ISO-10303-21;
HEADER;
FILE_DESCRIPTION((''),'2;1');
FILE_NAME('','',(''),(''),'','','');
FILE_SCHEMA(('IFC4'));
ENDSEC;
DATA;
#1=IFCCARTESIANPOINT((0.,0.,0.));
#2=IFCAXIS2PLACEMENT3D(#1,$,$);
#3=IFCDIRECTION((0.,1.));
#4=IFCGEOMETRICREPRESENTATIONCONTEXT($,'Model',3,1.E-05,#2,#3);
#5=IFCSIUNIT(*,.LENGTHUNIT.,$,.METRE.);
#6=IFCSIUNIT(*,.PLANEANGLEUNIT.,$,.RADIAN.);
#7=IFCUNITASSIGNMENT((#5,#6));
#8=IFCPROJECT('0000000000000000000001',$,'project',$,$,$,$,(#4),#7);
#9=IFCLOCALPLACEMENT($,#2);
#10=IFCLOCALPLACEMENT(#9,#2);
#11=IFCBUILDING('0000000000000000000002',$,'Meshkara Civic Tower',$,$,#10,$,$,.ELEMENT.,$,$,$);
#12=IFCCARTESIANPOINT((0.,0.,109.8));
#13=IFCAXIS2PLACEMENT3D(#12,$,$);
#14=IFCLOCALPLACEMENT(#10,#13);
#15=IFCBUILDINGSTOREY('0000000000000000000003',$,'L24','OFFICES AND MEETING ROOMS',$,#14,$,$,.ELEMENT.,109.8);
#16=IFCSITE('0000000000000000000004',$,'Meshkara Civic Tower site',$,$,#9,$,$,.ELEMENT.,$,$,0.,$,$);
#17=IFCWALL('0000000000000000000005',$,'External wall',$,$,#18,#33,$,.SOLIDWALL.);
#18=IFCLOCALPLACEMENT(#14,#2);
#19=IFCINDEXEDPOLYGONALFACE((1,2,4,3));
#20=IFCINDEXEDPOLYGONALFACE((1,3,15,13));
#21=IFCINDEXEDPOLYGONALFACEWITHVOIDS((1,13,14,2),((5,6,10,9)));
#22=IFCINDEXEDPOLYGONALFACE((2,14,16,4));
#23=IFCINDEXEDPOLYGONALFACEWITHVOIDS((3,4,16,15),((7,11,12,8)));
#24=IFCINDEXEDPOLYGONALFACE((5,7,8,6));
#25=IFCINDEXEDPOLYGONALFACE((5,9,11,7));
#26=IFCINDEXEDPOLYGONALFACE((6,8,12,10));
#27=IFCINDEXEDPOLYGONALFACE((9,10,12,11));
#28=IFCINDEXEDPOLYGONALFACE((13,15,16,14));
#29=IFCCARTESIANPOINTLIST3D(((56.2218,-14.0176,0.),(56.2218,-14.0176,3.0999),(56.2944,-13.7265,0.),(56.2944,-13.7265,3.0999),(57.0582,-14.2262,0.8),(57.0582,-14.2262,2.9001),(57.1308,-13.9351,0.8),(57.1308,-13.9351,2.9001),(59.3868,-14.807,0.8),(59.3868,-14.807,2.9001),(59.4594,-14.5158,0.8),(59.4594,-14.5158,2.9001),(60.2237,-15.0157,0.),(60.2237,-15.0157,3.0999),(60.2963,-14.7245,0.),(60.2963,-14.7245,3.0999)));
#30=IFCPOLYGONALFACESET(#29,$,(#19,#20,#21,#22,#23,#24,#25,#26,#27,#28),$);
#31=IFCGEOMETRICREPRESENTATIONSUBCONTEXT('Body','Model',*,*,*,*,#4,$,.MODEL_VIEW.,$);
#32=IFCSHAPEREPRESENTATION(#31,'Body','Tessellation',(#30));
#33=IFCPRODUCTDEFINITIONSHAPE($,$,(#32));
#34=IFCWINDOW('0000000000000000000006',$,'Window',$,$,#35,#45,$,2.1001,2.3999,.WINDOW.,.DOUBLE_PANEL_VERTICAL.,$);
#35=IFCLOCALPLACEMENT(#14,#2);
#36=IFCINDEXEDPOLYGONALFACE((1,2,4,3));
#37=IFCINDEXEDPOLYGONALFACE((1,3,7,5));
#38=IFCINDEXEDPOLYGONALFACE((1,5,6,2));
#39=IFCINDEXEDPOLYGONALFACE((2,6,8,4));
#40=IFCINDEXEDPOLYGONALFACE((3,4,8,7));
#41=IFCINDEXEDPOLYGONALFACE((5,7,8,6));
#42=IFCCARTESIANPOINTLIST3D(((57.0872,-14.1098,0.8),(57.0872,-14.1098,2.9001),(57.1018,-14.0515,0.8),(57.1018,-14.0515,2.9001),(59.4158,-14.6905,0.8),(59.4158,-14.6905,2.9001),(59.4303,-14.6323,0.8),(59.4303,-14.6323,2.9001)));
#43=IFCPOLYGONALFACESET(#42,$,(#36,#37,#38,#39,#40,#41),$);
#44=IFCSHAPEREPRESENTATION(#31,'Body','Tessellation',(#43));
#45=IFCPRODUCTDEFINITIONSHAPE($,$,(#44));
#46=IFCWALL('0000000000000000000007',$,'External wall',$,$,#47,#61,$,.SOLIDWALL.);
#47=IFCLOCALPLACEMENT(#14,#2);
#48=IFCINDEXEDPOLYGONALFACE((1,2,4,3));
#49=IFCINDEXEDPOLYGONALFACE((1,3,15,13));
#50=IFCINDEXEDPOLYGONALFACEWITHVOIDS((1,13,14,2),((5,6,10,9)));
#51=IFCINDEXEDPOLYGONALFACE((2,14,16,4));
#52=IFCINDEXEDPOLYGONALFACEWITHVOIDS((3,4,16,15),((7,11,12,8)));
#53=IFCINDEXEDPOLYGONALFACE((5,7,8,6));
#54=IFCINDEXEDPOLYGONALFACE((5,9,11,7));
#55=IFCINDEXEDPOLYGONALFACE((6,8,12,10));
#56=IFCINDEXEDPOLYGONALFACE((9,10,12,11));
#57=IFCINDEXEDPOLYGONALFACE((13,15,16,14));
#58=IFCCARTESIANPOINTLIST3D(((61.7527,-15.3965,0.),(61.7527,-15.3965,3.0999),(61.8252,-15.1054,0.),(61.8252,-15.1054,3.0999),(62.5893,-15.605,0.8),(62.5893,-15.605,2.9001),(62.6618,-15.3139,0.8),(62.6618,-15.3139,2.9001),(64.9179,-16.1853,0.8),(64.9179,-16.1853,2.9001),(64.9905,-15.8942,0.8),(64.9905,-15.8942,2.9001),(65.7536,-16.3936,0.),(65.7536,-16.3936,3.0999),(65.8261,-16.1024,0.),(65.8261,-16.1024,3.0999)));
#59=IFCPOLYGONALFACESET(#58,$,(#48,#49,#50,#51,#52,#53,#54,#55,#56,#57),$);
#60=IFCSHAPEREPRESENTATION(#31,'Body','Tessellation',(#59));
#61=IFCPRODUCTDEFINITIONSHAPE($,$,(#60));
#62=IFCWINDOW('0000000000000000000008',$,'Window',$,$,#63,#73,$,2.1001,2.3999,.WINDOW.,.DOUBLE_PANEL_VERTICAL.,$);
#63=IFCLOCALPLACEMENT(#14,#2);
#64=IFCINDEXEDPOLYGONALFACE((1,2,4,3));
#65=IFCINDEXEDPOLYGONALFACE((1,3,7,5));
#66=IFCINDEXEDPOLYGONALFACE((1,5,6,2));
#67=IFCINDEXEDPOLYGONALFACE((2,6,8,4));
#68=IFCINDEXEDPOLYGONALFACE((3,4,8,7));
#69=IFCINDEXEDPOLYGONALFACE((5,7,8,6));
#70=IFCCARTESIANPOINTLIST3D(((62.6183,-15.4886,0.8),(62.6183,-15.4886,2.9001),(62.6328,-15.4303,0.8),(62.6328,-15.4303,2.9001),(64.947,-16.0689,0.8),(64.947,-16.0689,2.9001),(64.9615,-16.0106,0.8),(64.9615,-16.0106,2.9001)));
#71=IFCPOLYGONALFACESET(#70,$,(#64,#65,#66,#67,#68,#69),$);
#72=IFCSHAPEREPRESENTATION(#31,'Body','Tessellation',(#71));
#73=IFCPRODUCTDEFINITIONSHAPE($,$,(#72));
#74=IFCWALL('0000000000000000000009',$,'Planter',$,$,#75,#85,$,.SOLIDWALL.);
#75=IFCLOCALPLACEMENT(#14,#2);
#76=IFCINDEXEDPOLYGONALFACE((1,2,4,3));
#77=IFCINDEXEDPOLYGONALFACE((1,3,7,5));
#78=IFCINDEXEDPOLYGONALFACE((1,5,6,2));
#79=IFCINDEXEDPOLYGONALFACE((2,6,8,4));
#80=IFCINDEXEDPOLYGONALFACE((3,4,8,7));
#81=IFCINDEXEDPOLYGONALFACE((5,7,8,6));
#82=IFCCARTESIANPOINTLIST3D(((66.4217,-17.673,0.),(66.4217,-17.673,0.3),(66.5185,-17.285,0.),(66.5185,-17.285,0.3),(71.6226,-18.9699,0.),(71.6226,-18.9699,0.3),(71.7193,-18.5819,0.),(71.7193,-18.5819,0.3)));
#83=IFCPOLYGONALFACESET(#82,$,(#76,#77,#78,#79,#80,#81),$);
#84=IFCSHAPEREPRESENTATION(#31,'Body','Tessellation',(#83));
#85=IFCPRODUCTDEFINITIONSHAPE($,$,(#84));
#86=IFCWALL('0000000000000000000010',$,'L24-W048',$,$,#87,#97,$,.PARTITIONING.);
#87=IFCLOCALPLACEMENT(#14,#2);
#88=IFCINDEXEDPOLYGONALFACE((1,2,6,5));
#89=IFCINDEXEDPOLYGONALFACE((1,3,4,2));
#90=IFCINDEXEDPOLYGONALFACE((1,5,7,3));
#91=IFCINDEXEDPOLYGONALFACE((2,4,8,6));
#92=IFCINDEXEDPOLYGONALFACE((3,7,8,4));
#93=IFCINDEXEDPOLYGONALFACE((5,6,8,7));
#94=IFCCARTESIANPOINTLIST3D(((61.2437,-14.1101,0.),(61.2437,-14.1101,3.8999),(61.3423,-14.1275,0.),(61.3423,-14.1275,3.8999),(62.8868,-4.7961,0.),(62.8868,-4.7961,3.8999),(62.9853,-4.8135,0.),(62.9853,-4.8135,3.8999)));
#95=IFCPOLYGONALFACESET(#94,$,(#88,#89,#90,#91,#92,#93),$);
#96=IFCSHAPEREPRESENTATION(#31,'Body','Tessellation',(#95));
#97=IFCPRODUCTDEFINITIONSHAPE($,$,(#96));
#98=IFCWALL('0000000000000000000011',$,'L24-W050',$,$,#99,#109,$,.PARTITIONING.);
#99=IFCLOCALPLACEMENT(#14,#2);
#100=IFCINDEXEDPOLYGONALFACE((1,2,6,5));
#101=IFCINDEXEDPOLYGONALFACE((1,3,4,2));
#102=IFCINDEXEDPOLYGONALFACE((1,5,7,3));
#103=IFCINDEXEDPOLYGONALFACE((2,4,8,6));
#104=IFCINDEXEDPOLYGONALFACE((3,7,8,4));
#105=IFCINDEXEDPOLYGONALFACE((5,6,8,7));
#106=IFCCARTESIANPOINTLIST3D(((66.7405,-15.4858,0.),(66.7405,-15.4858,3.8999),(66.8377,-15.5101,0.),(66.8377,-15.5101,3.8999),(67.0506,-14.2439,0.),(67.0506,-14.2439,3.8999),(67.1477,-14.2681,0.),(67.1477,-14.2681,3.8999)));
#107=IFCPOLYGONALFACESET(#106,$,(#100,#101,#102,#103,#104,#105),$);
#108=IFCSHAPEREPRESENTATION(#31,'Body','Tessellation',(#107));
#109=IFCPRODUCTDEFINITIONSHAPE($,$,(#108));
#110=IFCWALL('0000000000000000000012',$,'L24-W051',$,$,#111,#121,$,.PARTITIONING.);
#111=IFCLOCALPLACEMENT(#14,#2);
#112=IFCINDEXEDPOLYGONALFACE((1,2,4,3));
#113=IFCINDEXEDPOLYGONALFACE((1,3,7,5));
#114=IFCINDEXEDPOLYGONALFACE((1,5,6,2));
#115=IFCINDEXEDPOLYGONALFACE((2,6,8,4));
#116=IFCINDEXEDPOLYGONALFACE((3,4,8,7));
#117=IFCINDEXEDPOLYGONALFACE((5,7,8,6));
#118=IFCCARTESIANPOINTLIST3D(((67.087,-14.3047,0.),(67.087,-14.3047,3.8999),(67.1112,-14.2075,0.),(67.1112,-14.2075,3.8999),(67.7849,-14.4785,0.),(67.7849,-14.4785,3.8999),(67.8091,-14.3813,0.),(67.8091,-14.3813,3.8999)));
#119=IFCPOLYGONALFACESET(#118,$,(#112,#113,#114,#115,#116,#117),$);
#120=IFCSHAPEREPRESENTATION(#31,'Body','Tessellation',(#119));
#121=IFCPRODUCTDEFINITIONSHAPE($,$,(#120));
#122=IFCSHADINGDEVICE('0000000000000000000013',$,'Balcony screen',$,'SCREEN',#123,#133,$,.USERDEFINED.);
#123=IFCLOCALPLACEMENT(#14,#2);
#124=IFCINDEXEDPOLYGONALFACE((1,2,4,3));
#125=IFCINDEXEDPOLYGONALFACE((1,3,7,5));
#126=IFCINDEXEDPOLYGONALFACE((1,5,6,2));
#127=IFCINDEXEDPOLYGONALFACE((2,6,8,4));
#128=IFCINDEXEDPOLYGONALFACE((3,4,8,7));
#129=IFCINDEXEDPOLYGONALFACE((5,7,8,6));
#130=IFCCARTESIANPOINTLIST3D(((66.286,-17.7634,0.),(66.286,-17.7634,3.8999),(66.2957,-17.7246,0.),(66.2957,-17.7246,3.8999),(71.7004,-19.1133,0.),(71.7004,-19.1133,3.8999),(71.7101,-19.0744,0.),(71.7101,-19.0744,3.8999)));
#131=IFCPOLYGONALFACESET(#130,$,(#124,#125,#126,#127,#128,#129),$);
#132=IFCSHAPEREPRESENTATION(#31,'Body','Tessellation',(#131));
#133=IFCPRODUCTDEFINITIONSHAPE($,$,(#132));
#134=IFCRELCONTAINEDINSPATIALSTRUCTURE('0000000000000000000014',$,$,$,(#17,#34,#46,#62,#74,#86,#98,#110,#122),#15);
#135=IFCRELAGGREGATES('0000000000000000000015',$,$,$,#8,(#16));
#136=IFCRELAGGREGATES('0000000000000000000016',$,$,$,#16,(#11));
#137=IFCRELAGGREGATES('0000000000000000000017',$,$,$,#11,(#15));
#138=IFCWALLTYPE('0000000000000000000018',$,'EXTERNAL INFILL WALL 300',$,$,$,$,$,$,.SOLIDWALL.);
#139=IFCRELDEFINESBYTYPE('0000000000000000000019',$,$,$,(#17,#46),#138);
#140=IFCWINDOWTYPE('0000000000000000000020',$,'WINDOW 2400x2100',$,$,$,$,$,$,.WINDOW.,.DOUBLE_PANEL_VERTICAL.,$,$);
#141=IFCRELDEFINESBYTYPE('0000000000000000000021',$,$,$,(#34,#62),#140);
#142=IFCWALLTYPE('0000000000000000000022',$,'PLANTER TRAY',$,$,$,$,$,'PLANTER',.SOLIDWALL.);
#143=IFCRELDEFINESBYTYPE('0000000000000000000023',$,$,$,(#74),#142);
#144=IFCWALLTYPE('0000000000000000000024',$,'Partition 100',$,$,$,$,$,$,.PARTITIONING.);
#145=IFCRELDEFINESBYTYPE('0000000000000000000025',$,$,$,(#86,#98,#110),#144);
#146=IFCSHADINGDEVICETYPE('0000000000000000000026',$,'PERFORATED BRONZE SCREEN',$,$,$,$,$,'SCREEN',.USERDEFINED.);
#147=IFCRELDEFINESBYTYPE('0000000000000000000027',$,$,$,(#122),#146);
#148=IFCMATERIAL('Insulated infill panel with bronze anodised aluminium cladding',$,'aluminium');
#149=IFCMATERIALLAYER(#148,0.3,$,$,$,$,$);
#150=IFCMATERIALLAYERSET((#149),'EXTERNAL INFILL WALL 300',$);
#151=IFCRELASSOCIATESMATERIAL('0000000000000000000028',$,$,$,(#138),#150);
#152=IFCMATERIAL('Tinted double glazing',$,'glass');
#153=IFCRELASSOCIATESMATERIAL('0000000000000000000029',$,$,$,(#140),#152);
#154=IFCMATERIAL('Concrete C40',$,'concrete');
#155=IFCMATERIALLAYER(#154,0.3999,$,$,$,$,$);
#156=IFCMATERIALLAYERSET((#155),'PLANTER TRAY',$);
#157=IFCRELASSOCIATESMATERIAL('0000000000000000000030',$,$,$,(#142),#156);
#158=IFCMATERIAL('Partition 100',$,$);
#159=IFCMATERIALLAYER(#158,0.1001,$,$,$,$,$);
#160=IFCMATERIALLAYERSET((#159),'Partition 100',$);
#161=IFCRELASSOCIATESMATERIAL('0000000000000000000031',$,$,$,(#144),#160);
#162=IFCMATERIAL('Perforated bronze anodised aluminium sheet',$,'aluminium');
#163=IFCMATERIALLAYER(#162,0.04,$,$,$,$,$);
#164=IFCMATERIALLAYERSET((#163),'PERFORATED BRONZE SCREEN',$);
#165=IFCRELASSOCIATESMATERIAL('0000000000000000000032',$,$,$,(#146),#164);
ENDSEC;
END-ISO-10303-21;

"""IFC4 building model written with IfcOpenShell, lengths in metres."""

from ifc_helpers import new_model, si_unit, direction, frame, frame_2d, origin, origin_2d, place, context, subcontext, project, spatial, rectangle, extrude, material, layer, layer_set, type_object, element, fill, save


model = new_model("IFC4")

# Units and contexts
model_context = context("Model", 3, precision=1e-05, world=origin(), true_north=direction((0.0, 1.0)))
body_context = subcontext(model_context, "Body", "Model", "MODEL_VIEW")
ifc_project = project(units=[si_unit("LENGTHUNIT", "METRE"), si_unit("PLANEANGLEUNIT", "RADIAN")], contexts=[model_context])

# Site, building, storey
site_placement = place(None, origin())
site = spatial("IfcSite", under=ifc_project, at=site_placement, Name="Meshkara Civic Tower site", CompositionType="ELEMENT", RefElevation=0.0)
building_placement = place(site_placement, origin())
building = spatial("IfcBuilding", under=site, at=building_placement, Name="Meshkara Civic Tower", CompositionType="ELEMENT")
storey_placement = place(building_placement, frame((0.0, 0.0, 109.8)))
storey = spatial("IfcBuildingStorey", under=building, at=storey_placement, Name="L24", Description="OFFICES AND MEETING ROOMS", CompositionType="ELEMENT", Elevation=109.8)

# Walls, openings, windows
ifc_material_1 = material(Name="Insulated infill panel with bronze anodised aluminium cladding", Category="aluminium")
ifc_layer_1 = layer(ifc_material_1, 0.3)
ifc_layer_set_1 = layer_set([ifc_layer_1], Name="EXTERNAL INFILL WALL 300")
wall_type_1 = type_object("IfcWallType", Name="EXTERNAL INFILL WALL 300", PredefinedType="SOLIDWALL", material=ifc_layer_set_1)
ifc_material_2 = material(Name="Tinted double glazing", Category="glass")
window_type = type_object("IfcWindowType", Name="WINDOW 2400x2100", PartitioningType="DOUBLE_PANEL_VERTICAL", PredefinedType="WINDOW", material=ifc_material_2)
wall_1_placement = place(storey_placement, frame((56.2581, -13.8721, 0.0), z_axis=(0.0, 0.0, 1.0), x_axis=(0.970282, -0.241978, 0.0)))
wall_1 = element("IfcWall", 1, at=wall_1_placement, inside=storey, type_object=wall_type_1, Name="External wall", PredefinedType="SOLIDWALL", context=body_context, shape_type="SweptSolid", body=[
    extrude(rectangle(XDim=4.1245, YDim=0.3, at=frame_2d((2.0623, 0.0))), origin(), (0.0, 0.0, 1.0), 3.0999),
])
opening_1_placement = place(wall_1_placement, frame((0.8621, 0.0, 0.8)))
opening_1 = element("IfcOpeningElement", 2, at=opening_1_placement, cuts=wall_1, PredefinedType="OPENING", context=body_context, shape_type="SweptSolid", body=[
    extrude(rectangle(XDim=2.3999, YDim=2.1001, at=frame_2d((1.2, 1.05))), frame((0.0, 0.1599, 0.0), z_axis=(0.0, -1.0, 0.0), x_axis=(1.0, 0.0, 0.0)), (0.0, 0.0, 1.0), 0.3201),
])
window_1_placement = place(opening_1_placement, origin())
window_1 = element("IfcWindow", 3, at=window_1_placement, inside=storey, type_object=window_type, Name="Window", OverallHeight=2.1001, OverallWidth=2.3999, PartitioningType="DOUBLE_PANEL_VERTICAL", PredefinedType="WINDOW", context=body_context, shape_type="SweptSolid", body=[
    extrude(rectangle(XDim=2.3999, YDim=2.1001, at=frame_2d((1.2, 1.05))), frame((0.0, 0.03, 0.0), z_axis=(0.0, -1.0, 0.0), x_axis=(1.0, 0.0, 0.0)), (0.0, 0.0, 1.0), 0.0601),
])
fill(opening_1, window_1)
wall_2_placement = place(storey_placement, frame((61.7891, -15.251, 0.0), z_axis=(0.0, 0.0, 1.0), x_axis=(0.970323, -0.241811, 0.0)))
wall_2 = element("IfcWall", 4, at=wall_2_placement, inside=storey, type_object=wall_type_1, Name="External wall", PredefinedType="SOLIDWALL", context=body_context, shape_type="SweptSolid", body=[
    extrude(rectangle(XDim=4.1233, YDim=0.3, at=frame_2d((2.0615, 0.0))), origin(), (0.0, 0.0, 1.0), 3.0999),
])
opening_2_placement = place(wall_2_placement, frame((0.8621, 0.0, 0.8)))
opening_2 = element("IfcOpeningElement", 5, at=opening_2_placement, cuts=wall_2, PredefinedType="OPENING", context=body_context, shape_type="SweptSolid", body=[
    extrude(rectangle(XDim=2.3999, YDim=2.1001, at=frame_2d((1.2, 1.05))), frame((0.0, 0.1599, 0.0), z_axis=(0.0, -1.0, 0.0), x_axis=(1.0, 0.0, 0.0)), (0.0, 0.0, 1.0), 0.3201),
])
window_2_placement = place(opening_2_placement, origin())
window_2 = element("IfcWindow", 6, at=window_2_placement, inside=storey, type_object=window_type, Name="Window", OverallHeight=2.1001, OverallWidth=2.3999, PartitioningType="DOUBLE_PANEL_VERTICAL", PredefinedType="WINDOW", context=body_context, shape_type="SweptSolid", body=[
    extrude(rectangle(XDim=2.3999, YDim=2.1001, at=frame_2d((1.2, 1.05))), frame((0.0, 0.03, 0.0), z_axis=(0.0, -1.0, 0.0), x_axis=(1.0, 0.0, 0.0)), (0.0, 0.0, 1.0), 0.0601),
])
fill(opening_2, window_2)

# Walls
ifc_material_3 = material(Name="Concrete C40", Category="concrete")
ifc_layer_2 = layer(ifc_material_3, 0.3999)
ifc_layer_set_2 = layer_set([ifc_layer_2], Name="PLANTER TRAY")
wall_type_2 = type_object("IfcWallType", Name="PLANTER TRAY", ElementType="PLANTER", PredefinedType="SOLIDWALL", material=ifc_layer_set_2)
wall_3_placement = place(storey_placement, frame((66.47, -17.479, 0.0), z_axis=(0.0, 0.0, 1.0), x_axis=(0.97029, -0.241946, 0.0)))
element("IfcWall", 7, at=wall_3_placement, inside=storey, type_object=wall_type_2, Name="Planter", PredefinedType="SOLIDWALL", context=body_context, shape_type="SweptSolid", body=[
    extrude(rectangle(XDim=5.3601, YDim=0.3999, at=frame_2d((2.6802, 0.0))), origin(), (0.0, 0.0, 1.0), 0.3),
])
ifc_material_4 = material(Name="Partition 100")
ifc_layer_3 = layer(ifc_material_4, 0.1001)
ifc_layer_set_3 = layer_set([ifc_layer_3], Name="Partition 100")
wall_type_3 = type_object("IfcWallType", Name="Partition 100", PredefinedType="PARTITIONING", material=ifc_layer_set_3)
wall_4_placement = place(storey_placement, frame((61.293, -14.1189, 0.0), z_axis=(0.0, 0.0, 1.0), x_axis=(0.173726, 0.984794, 0.0)))
element("IfcWall", 8, at=wall_4_placement, inside=storey, type_object=wall_type_3, Name="L24-W048", PredefinedType="PARTITIONING", context=body_context, shape_type="SweptSolid", body=[
    extrude(rectangle(XDim=9.4578, YDim=0.1001, at=frame_2d((4.729, 0.0))), origin(), (0.0, 0.0, 1.0), 3.8999),
])
wall_5_placement = place(storey_placement, frame((66.7891, -15.498, 0.0), z_axis=(0.0, 0.0, 1.0), x_axis=(0.242221, 0.970221, 0.0)))
element("IfcWall", 9, at=wall_5_placement, inside=storey, type_object=wall_type_3, Name="L24-W050", PredefinedType="PARTITIONING", context=body_context, shape_type="SweptSolid", body=[
    extrude(rectangle(XDim=1.28, YDim=0.1001, at=frame_2d((0.6401, 0.0))), origin(), (0.0, 0.0, 1.0), 3.8999),
])
wall_6_placement = place(storey_placement, frame((67.0991, -14.2561, 0.0), z_axis=(0.0, 0.0, 1.0), x_axis=(0.970362, -0.241657, 0.0)))
element("IfcWall", 10, at=wall_6_placement, inside=storey, type_object=wall_type_3, Name="L24-W051", PredefinedType="PARTITIONING", context=body_context, shape_type="SweptSolid", body=[
    extrude(rectangle(XDim=0.7192, YDim=0.1001, at=frame_2d((0.3596, 0.0))), origin(), (0.0, 0.0, 1.0), 3.8999),
])

# Shading device
ifc_material_5 = material(Name="Perforated bronze anodised aluminium sheet", Category="aluminium")
ifc_layer_4 = layer(ifc_material_5, 0.04)
ifc_layer_set_4 = layer_set([ifc_layer_4], Name="PERFORATED BRONZE SCREEN")
shading_device_type = type_object("IfcShadingDeviceType", Name="PERFORATED BRONZE SCREEN", ElementType="SCREEN", PredefinedType="USERDEFINED", material=ifc_layer_set_4)
shading_device_placement = place(storey_placement, frame((68.998, -18.4189, 0.0), z_axis=(0.0, 0.0, 1.0), x_axis=(0.9703, -0.241905, 0.0)))
element("IfcShadingDevice", 11, at=shading_device_placement, inside=storey, type_object=shading_device_type, Name="Balcony screen", ObjectType="SCREEN", PredefinedType="USERDEFINED", context=body_context, shape_type="SweptSolid", body=[
    extrude(rectangle(XDim=5.5801, YDim=0.04, at=origin_2d()), origin(), (0.0, 0.0, 1.0), 3.8999),
])

save(model, "model.ifc")
